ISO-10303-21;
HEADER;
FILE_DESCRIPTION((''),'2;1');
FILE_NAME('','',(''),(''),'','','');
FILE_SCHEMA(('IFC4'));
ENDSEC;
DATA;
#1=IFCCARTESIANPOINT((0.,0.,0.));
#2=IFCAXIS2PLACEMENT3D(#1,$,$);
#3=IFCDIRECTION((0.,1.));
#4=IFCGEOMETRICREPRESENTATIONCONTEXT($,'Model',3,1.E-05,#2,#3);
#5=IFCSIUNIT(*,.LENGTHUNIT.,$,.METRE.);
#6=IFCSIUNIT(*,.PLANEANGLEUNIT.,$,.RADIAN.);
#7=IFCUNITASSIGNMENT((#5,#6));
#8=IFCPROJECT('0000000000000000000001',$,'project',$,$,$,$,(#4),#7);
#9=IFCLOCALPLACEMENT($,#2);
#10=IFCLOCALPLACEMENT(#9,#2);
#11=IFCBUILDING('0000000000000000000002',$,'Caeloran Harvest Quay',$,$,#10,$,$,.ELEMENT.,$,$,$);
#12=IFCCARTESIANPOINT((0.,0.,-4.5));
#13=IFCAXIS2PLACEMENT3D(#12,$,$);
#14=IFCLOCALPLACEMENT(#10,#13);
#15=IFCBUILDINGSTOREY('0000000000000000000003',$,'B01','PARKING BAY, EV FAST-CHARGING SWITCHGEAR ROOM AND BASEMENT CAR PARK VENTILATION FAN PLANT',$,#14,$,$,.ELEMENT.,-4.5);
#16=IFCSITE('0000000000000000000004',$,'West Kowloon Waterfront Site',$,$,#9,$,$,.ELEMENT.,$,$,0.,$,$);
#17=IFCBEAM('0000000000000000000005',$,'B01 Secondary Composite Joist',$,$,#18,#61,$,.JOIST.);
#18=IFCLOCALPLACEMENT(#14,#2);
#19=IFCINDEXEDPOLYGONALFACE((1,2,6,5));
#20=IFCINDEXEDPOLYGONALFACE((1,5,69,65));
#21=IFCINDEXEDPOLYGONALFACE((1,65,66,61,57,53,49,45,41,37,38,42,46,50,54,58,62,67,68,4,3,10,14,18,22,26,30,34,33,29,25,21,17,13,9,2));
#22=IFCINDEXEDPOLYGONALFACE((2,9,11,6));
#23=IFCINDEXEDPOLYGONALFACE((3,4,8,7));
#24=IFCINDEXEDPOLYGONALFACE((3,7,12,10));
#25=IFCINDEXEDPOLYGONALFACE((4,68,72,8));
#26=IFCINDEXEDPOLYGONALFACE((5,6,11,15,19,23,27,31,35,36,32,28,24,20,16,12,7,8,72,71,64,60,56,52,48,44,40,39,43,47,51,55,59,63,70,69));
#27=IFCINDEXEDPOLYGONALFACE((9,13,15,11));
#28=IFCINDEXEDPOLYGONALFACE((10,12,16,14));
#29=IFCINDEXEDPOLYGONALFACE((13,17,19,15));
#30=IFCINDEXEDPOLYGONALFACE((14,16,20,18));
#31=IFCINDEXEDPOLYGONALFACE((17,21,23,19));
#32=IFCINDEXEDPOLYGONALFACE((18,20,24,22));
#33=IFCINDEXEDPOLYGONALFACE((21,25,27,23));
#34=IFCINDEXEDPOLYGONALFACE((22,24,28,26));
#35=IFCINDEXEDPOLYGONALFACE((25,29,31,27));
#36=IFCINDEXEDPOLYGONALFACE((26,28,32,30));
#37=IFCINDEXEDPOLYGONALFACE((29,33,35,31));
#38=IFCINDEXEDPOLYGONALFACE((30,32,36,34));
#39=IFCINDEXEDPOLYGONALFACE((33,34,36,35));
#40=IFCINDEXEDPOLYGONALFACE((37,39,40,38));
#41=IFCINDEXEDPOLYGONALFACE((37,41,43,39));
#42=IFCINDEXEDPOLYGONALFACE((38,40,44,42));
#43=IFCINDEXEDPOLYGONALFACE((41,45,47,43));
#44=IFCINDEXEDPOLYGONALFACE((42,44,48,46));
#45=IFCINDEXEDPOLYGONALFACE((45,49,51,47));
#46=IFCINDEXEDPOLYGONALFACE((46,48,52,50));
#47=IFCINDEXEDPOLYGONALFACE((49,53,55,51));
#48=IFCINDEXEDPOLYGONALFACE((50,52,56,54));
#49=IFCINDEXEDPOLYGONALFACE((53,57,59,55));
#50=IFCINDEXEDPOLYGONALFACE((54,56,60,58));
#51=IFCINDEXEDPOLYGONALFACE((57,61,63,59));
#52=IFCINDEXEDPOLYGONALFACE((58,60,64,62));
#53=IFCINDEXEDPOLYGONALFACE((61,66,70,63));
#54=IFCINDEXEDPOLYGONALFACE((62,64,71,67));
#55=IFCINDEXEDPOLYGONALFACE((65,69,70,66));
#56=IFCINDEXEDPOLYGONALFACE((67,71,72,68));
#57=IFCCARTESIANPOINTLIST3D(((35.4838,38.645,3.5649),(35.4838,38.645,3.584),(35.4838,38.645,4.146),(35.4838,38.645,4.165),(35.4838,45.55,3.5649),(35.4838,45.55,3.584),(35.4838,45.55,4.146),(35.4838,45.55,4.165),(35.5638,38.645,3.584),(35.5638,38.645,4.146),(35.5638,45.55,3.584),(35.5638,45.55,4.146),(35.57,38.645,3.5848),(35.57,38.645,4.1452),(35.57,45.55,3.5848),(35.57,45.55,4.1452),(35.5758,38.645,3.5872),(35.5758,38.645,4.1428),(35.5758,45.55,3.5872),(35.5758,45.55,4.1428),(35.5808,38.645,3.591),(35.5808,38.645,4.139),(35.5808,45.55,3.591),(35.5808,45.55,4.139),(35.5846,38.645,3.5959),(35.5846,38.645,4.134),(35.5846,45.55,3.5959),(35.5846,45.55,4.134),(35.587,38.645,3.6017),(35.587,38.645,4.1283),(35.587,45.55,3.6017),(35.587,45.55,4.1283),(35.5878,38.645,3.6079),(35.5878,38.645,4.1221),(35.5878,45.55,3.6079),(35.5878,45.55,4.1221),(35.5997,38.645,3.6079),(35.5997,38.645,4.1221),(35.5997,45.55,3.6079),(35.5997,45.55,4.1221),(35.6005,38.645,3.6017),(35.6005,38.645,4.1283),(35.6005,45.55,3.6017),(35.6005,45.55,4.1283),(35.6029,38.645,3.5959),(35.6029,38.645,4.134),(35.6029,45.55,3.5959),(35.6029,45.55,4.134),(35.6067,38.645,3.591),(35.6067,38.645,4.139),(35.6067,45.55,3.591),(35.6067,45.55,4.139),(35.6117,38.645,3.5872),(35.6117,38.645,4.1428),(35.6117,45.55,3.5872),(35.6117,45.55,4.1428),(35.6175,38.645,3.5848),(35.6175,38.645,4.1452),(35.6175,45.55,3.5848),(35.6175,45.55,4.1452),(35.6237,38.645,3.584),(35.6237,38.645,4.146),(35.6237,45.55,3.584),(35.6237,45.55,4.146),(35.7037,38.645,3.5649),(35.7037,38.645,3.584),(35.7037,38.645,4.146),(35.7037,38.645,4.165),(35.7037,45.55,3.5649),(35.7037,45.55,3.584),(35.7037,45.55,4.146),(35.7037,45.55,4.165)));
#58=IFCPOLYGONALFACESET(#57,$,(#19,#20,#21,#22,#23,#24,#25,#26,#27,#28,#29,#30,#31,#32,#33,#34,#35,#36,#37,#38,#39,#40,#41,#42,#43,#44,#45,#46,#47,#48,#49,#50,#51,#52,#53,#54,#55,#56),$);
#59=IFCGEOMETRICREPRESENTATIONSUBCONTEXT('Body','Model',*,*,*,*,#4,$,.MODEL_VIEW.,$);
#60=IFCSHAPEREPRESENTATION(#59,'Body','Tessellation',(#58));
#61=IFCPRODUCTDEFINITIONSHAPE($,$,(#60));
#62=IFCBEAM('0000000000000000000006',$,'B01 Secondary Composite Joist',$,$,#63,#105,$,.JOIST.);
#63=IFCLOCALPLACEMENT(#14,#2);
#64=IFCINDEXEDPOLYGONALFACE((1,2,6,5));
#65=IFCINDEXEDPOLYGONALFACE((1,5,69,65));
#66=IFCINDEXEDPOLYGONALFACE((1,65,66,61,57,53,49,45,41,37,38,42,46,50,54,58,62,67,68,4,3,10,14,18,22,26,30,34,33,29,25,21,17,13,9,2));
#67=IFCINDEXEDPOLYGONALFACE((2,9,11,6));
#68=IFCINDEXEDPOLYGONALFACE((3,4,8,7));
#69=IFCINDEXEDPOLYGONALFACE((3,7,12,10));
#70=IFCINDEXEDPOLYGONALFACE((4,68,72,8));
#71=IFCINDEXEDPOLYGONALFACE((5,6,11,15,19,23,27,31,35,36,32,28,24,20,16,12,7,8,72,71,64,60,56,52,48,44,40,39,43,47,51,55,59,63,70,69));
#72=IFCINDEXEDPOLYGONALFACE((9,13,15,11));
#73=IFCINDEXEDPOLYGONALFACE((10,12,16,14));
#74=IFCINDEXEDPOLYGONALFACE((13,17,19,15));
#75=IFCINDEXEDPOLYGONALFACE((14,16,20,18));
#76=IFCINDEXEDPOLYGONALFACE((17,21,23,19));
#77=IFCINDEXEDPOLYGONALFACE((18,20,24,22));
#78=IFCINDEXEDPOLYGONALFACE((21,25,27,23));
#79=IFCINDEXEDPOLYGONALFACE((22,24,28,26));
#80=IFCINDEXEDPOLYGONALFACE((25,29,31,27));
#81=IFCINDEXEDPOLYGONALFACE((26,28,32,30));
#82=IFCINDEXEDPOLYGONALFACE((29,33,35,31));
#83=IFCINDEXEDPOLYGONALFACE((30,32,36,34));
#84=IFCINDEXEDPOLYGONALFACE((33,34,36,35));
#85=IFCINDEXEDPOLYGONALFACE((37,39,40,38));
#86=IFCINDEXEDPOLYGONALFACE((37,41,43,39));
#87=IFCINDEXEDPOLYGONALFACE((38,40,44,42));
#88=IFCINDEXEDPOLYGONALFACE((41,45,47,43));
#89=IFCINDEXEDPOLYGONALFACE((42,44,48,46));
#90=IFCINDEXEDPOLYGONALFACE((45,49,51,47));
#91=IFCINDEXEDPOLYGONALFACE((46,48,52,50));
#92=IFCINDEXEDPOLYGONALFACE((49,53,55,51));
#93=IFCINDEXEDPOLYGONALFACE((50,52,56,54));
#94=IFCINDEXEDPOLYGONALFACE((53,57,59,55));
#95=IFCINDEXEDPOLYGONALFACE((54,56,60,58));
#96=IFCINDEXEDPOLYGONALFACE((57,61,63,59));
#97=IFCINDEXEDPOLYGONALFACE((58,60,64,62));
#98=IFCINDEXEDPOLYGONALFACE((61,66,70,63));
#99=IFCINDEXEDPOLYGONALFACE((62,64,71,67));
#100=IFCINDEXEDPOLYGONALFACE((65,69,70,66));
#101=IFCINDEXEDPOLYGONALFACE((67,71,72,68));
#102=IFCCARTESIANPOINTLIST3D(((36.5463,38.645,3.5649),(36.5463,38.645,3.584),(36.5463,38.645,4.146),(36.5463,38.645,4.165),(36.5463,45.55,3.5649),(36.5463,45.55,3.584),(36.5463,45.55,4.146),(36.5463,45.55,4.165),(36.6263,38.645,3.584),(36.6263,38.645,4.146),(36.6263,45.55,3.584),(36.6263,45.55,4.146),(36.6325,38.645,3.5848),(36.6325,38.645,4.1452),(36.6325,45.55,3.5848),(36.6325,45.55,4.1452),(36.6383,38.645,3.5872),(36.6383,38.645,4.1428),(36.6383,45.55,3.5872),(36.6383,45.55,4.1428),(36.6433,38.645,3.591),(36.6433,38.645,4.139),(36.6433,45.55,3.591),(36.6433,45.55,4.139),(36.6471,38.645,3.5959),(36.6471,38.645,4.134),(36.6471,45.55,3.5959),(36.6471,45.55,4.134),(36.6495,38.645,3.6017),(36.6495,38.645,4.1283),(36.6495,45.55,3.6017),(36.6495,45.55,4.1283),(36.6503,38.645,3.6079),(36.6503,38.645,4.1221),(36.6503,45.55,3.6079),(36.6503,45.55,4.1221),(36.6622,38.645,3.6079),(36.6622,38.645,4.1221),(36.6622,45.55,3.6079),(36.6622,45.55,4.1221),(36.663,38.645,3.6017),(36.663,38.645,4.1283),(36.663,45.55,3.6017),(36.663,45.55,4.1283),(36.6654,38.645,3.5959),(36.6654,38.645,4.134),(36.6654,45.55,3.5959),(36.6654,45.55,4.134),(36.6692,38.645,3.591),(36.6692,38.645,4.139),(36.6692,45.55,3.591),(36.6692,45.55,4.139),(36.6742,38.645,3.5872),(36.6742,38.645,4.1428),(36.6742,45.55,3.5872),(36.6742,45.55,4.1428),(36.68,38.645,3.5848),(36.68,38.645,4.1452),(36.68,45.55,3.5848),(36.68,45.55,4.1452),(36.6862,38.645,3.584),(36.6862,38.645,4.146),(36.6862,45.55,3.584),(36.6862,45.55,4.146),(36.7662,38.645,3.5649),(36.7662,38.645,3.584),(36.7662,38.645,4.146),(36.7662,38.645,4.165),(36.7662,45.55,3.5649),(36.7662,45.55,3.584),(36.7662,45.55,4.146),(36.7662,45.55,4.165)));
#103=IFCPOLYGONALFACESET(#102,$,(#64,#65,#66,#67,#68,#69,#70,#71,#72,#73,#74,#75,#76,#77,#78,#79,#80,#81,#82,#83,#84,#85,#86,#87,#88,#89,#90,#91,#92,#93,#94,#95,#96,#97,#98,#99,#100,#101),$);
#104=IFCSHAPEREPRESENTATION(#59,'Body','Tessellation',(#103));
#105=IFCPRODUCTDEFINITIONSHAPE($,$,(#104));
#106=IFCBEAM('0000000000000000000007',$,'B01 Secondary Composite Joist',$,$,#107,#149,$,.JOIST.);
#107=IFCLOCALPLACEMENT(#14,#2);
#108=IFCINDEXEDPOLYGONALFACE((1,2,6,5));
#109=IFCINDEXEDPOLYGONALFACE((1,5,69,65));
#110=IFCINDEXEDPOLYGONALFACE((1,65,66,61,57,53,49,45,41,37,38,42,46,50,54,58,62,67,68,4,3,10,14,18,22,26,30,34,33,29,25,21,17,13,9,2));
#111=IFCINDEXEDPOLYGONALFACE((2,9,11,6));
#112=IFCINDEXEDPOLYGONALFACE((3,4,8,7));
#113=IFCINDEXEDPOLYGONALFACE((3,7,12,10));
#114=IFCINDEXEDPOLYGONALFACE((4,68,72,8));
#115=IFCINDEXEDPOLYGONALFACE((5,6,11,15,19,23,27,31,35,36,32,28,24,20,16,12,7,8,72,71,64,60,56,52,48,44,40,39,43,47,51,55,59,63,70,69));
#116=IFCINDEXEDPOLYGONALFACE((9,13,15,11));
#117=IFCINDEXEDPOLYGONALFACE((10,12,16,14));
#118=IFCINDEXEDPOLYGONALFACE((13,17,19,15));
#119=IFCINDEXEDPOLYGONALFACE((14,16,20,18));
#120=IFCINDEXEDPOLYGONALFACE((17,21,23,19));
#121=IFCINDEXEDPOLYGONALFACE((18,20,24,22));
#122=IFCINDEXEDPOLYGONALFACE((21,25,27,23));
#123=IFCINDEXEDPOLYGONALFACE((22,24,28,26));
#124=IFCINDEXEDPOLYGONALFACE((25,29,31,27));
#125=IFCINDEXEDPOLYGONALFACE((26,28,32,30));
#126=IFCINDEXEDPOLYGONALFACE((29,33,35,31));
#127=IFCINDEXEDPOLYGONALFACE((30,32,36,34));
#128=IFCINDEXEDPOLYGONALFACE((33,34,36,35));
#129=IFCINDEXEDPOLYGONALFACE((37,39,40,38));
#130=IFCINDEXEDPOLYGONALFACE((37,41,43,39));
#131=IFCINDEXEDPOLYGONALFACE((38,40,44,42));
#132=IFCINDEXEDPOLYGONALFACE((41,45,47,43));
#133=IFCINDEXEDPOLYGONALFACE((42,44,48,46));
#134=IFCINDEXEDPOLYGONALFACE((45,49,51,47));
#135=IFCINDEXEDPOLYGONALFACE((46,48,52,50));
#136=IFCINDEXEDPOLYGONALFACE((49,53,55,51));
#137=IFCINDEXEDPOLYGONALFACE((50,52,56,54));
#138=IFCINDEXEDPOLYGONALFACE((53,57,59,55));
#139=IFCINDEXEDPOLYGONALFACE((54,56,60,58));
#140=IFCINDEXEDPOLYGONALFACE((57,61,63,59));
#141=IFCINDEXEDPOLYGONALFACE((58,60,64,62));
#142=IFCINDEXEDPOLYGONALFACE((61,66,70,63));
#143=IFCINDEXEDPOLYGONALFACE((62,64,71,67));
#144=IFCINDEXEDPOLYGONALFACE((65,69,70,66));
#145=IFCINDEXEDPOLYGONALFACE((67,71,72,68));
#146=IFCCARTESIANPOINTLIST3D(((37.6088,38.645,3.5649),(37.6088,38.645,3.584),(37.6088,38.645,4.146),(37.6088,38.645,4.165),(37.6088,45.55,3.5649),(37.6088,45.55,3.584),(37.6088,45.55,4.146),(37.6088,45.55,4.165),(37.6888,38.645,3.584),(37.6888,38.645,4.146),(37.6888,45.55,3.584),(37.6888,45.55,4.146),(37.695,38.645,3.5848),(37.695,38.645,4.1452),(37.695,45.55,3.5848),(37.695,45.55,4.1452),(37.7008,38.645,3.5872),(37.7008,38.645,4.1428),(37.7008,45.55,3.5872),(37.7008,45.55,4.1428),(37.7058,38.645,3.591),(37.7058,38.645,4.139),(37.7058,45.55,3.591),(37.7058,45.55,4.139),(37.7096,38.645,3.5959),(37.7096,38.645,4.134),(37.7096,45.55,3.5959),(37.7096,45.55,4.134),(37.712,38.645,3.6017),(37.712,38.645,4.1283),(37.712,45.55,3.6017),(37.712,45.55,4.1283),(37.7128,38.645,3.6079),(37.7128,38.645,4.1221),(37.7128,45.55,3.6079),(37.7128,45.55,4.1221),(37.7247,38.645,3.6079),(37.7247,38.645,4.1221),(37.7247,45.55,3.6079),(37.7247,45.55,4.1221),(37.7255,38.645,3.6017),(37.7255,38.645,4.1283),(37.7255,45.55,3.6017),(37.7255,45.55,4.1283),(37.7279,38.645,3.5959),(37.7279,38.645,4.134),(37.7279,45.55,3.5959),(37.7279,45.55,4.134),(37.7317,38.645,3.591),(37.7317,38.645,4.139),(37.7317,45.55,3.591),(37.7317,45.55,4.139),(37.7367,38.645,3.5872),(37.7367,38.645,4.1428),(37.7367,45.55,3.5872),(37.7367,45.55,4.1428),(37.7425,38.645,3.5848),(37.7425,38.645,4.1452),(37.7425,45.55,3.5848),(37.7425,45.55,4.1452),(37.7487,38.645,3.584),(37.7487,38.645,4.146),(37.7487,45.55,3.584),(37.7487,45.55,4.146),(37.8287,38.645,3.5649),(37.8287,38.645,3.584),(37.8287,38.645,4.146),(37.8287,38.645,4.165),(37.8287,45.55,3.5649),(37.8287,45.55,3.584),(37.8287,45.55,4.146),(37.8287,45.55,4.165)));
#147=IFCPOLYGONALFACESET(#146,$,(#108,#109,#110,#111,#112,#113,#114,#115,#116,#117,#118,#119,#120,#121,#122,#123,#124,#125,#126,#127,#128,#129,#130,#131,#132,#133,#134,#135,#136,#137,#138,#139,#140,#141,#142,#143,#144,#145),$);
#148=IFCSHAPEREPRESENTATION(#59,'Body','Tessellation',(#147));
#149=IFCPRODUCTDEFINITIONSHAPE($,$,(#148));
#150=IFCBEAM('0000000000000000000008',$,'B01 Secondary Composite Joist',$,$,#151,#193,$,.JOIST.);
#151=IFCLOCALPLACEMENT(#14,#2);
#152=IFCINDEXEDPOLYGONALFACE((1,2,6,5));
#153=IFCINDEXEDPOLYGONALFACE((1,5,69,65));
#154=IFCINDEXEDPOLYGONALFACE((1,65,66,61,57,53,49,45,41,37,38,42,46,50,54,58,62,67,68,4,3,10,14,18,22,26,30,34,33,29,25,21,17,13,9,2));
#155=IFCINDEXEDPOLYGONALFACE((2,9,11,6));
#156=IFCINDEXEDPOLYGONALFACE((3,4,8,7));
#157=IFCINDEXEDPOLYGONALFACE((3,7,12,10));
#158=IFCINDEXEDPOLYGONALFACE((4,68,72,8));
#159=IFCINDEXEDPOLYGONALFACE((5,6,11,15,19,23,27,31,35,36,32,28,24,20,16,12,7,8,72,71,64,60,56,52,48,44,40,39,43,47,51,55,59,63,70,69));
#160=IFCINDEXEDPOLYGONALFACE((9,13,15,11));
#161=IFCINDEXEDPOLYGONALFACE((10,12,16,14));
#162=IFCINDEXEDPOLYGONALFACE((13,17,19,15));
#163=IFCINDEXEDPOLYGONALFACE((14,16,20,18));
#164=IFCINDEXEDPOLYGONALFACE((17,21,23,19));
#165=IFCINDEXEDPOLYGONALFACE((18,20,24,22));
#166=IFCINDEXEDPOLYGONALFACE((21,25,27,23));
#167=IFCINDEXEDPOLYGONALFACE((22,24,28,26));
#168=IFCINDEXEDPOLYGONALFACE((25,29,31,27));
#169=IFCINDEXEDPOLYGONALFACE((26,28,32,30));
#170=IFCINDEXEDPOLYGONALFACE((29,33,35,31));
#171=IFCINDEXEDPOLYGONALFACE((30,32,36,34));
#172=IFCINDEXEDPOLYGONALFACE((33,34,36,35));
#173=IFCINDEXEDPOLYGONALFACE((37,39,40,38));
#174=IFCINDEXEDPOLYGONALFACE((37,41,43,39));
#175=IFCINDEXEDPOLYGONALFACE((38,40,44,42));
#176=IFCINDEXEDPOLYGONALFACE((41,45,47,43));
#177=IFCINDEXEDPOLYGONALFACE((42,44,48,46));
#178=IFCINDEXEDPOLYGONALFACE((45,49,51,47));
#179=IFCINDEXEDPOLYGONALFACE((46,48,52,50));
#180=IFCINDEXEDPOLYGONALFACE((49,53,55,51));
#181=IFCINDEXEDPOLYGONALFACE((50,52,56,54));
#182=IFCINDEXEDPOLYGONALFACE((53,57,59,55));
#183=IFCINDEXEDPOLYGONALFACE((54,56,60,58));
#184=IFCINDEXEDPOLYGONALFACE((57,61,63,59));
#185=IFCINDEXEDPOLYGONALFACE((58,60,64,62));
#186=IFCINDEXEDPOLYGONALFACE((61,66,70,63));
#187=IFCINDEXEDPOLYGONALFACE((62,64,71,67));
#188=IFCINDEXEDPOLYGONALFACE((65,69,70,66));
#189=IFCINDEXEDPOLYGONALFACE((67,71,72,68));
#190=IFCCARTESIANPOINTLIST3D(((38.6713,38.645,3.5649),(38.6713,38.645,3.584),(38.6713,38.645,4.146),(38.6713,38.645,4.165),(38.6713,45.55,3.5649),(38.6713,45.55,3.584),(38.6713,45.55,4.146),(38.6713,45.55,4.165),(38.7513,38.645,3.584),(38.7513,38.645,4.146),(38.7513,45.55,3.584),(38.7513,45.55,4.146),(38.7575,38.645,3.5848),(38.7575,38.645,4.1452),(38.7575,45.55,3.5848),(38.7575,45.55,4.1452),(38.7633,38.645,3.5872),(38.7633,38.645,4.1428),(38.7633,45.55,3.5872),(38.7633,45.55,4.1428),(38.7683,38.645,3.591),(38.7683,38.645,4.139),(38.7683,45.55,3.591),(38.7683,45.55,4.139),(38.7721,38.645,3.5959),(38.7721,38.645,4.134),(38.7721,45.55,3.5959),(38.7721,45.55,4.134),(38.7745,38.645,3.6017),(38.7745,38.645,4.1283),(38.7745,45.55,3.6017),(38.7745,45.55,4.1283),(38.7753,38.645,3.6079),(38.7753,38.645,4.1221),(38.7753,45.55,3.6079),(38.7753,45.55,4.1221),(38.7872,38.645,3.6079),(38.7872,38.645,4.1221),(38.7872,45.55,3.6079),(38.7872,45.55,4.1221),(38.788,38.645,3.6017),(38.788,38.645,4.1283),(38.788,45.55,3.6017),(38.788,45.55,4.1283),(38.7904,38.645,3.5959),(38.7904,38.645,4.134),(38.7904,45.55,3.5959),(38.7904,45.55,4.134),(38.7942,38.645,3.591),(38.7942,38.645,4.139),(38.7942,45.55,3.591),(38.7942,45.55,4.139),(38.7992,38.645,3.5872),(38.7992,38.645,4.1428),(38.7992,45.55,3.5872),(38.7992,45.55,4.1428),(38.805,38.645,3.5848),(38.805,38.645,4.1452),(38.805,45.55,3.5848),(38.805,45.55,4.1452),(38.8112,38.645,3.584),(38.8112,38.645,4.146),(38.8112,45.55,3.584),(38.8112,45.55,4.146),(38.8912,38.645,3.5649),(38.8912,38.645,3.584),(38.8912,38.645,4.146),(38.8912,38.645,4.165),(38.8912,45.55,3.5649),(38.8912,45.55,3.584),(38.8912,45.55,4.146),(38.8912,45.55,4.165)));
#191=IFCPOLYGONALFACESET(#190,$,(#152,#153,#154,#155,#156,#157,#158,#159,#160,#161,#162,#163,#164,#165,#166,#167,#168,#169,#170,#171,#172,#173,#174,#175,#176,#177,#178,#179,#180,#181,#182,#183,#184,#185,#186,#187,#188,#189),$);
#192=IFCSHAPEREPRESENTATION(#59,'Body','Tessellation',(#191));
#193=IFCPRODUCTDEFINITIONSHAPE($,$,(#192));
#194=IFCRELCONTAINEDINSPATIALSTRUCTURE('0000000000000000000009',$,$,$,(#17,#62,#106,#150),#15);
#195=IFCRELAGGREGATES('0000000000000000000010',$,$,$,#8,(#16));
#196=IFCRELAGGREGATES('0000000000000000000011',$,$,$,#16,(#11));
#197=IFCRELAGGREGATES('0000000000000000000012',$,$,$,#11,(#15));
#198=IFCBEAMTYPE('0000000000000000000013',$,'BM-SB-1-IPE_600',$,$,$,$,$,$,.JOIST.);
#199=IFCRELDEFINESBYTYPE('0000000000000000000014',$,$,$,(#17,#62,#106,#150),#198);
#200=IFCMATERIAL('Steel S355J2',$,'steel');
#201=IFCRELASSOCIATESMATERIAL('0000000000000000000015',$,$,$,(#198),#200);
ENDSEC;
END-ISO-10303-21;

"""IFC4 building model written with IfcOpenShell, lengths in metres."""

from ifc_helpers import new_model, si_unit, direction, frame, origin, origin_2d, place, context, subcontext, project, spatial, i_section, extrude, material, material_profile, profile_set, type_object, element, save


model = new_model("IFC4")

# Units and contexts
model_context = context("Model", 3, precision=1e-05, world=origin(), true_north=direction((0.0, 1.0)))
body_context = subcontext(model_context, "Body", "Model", "MODEL_VIEW")
ifc_project = project(units=[si_unit("LENGTHUNIT", "METRE"), si_unit("PLANEANGLEUNIT", "RADIAN")], contexts=[model_context])

# Site, building, storey
site_placement = place(None, origin())
site = spatial("IfcSite", under=ifc_project, at=site_placement, Name="West Kowloon Waterfront Site", CompositionType="ELEMENT", RefElevation=0.0)
building_placement = place(site_placement, origin())
building = spatial("IfcBuilding", under=site, at=building_placement, Name="Caeloran Harvest Quay", CompositionType="ELEMENT")
storey_placement = place(building_placement, frame((0.0, 0.0, -4.5)))
storey = spatial("IfcBuildingStorey", under=building, at=storey_placement, Name="B01", Description="PARKING BAY, EV FAST-CHARGING SWITCHGEAR ROOM AND BASEMENT CAR PARK VENTILATION FAN PLANT", CompositionType="ELEMENT", Elevation=-4.5)

# Beams
ifc_material_1 = material(Name="Steel S355J2", Category="steel")
ifc_material_profile_1 = material_profile(ifc_material_1, i_section(OverallWidth=0.22, OverallDepth=0.6001, WebThickness=0.012, FlangeThickness=0.019, FilletRadius=0.0239, at=origin_2d()), Name="IPE 600")
ifc_profile_set_1 = profile_set([ifc_material_profile_1], Name="Steel S355J2")
beam_type_1 = type_object("IfcBeamType", Name="BM-SB-1-IPE_600", PredefinedType="JOIST", material=ifc_profile_set_1)
for number, where, z_axis, x_axis, name in (
    (1, (35.5938, 38.645, 3.865), (0.0, 1.0, 0.0), (-1.0, 0.0, 0.0), "B01 Secondary Composite Joist"),
    (2, (36.6562, 38.645, 3.865), (0.0, 1.0, 0.0), (-1.0, 0.0, 0.0), "B01 Secondary Composite Joist"),
    (3, (37.7188, 38.645, 3.865), (0.0, 1.0, 0.0), (-1.0, 0.0, 0.0), "B01 Secondary Composite Joist"),
    (4, (38.7812, 38.645, 3.865), (0.0, 1.0, 0.0), (-1.0, 0.0, 0.0), "B01 Secondary Composite Joist"),
):
    element("IfcBeam", number, at=place(storey_placement, frame(where, z_axis=z_axis, x_axis=x_axis)), inside=storey, type_object=beam_type_1, Name=name, PredefinedType="JOIST", context=body_context, shape_type="SweptSolid", body=[
        extrude(i_section(OverallWidth=0.22, OverallDepth=0.6001, WebThickness=0.012, FlangeThickness=0.019, FilletRadius=0.0239, at=origin_2d()), origin(), (0.0, 0.0, 1.0), 6.905),
    ])

save(model, "model.ifc")
